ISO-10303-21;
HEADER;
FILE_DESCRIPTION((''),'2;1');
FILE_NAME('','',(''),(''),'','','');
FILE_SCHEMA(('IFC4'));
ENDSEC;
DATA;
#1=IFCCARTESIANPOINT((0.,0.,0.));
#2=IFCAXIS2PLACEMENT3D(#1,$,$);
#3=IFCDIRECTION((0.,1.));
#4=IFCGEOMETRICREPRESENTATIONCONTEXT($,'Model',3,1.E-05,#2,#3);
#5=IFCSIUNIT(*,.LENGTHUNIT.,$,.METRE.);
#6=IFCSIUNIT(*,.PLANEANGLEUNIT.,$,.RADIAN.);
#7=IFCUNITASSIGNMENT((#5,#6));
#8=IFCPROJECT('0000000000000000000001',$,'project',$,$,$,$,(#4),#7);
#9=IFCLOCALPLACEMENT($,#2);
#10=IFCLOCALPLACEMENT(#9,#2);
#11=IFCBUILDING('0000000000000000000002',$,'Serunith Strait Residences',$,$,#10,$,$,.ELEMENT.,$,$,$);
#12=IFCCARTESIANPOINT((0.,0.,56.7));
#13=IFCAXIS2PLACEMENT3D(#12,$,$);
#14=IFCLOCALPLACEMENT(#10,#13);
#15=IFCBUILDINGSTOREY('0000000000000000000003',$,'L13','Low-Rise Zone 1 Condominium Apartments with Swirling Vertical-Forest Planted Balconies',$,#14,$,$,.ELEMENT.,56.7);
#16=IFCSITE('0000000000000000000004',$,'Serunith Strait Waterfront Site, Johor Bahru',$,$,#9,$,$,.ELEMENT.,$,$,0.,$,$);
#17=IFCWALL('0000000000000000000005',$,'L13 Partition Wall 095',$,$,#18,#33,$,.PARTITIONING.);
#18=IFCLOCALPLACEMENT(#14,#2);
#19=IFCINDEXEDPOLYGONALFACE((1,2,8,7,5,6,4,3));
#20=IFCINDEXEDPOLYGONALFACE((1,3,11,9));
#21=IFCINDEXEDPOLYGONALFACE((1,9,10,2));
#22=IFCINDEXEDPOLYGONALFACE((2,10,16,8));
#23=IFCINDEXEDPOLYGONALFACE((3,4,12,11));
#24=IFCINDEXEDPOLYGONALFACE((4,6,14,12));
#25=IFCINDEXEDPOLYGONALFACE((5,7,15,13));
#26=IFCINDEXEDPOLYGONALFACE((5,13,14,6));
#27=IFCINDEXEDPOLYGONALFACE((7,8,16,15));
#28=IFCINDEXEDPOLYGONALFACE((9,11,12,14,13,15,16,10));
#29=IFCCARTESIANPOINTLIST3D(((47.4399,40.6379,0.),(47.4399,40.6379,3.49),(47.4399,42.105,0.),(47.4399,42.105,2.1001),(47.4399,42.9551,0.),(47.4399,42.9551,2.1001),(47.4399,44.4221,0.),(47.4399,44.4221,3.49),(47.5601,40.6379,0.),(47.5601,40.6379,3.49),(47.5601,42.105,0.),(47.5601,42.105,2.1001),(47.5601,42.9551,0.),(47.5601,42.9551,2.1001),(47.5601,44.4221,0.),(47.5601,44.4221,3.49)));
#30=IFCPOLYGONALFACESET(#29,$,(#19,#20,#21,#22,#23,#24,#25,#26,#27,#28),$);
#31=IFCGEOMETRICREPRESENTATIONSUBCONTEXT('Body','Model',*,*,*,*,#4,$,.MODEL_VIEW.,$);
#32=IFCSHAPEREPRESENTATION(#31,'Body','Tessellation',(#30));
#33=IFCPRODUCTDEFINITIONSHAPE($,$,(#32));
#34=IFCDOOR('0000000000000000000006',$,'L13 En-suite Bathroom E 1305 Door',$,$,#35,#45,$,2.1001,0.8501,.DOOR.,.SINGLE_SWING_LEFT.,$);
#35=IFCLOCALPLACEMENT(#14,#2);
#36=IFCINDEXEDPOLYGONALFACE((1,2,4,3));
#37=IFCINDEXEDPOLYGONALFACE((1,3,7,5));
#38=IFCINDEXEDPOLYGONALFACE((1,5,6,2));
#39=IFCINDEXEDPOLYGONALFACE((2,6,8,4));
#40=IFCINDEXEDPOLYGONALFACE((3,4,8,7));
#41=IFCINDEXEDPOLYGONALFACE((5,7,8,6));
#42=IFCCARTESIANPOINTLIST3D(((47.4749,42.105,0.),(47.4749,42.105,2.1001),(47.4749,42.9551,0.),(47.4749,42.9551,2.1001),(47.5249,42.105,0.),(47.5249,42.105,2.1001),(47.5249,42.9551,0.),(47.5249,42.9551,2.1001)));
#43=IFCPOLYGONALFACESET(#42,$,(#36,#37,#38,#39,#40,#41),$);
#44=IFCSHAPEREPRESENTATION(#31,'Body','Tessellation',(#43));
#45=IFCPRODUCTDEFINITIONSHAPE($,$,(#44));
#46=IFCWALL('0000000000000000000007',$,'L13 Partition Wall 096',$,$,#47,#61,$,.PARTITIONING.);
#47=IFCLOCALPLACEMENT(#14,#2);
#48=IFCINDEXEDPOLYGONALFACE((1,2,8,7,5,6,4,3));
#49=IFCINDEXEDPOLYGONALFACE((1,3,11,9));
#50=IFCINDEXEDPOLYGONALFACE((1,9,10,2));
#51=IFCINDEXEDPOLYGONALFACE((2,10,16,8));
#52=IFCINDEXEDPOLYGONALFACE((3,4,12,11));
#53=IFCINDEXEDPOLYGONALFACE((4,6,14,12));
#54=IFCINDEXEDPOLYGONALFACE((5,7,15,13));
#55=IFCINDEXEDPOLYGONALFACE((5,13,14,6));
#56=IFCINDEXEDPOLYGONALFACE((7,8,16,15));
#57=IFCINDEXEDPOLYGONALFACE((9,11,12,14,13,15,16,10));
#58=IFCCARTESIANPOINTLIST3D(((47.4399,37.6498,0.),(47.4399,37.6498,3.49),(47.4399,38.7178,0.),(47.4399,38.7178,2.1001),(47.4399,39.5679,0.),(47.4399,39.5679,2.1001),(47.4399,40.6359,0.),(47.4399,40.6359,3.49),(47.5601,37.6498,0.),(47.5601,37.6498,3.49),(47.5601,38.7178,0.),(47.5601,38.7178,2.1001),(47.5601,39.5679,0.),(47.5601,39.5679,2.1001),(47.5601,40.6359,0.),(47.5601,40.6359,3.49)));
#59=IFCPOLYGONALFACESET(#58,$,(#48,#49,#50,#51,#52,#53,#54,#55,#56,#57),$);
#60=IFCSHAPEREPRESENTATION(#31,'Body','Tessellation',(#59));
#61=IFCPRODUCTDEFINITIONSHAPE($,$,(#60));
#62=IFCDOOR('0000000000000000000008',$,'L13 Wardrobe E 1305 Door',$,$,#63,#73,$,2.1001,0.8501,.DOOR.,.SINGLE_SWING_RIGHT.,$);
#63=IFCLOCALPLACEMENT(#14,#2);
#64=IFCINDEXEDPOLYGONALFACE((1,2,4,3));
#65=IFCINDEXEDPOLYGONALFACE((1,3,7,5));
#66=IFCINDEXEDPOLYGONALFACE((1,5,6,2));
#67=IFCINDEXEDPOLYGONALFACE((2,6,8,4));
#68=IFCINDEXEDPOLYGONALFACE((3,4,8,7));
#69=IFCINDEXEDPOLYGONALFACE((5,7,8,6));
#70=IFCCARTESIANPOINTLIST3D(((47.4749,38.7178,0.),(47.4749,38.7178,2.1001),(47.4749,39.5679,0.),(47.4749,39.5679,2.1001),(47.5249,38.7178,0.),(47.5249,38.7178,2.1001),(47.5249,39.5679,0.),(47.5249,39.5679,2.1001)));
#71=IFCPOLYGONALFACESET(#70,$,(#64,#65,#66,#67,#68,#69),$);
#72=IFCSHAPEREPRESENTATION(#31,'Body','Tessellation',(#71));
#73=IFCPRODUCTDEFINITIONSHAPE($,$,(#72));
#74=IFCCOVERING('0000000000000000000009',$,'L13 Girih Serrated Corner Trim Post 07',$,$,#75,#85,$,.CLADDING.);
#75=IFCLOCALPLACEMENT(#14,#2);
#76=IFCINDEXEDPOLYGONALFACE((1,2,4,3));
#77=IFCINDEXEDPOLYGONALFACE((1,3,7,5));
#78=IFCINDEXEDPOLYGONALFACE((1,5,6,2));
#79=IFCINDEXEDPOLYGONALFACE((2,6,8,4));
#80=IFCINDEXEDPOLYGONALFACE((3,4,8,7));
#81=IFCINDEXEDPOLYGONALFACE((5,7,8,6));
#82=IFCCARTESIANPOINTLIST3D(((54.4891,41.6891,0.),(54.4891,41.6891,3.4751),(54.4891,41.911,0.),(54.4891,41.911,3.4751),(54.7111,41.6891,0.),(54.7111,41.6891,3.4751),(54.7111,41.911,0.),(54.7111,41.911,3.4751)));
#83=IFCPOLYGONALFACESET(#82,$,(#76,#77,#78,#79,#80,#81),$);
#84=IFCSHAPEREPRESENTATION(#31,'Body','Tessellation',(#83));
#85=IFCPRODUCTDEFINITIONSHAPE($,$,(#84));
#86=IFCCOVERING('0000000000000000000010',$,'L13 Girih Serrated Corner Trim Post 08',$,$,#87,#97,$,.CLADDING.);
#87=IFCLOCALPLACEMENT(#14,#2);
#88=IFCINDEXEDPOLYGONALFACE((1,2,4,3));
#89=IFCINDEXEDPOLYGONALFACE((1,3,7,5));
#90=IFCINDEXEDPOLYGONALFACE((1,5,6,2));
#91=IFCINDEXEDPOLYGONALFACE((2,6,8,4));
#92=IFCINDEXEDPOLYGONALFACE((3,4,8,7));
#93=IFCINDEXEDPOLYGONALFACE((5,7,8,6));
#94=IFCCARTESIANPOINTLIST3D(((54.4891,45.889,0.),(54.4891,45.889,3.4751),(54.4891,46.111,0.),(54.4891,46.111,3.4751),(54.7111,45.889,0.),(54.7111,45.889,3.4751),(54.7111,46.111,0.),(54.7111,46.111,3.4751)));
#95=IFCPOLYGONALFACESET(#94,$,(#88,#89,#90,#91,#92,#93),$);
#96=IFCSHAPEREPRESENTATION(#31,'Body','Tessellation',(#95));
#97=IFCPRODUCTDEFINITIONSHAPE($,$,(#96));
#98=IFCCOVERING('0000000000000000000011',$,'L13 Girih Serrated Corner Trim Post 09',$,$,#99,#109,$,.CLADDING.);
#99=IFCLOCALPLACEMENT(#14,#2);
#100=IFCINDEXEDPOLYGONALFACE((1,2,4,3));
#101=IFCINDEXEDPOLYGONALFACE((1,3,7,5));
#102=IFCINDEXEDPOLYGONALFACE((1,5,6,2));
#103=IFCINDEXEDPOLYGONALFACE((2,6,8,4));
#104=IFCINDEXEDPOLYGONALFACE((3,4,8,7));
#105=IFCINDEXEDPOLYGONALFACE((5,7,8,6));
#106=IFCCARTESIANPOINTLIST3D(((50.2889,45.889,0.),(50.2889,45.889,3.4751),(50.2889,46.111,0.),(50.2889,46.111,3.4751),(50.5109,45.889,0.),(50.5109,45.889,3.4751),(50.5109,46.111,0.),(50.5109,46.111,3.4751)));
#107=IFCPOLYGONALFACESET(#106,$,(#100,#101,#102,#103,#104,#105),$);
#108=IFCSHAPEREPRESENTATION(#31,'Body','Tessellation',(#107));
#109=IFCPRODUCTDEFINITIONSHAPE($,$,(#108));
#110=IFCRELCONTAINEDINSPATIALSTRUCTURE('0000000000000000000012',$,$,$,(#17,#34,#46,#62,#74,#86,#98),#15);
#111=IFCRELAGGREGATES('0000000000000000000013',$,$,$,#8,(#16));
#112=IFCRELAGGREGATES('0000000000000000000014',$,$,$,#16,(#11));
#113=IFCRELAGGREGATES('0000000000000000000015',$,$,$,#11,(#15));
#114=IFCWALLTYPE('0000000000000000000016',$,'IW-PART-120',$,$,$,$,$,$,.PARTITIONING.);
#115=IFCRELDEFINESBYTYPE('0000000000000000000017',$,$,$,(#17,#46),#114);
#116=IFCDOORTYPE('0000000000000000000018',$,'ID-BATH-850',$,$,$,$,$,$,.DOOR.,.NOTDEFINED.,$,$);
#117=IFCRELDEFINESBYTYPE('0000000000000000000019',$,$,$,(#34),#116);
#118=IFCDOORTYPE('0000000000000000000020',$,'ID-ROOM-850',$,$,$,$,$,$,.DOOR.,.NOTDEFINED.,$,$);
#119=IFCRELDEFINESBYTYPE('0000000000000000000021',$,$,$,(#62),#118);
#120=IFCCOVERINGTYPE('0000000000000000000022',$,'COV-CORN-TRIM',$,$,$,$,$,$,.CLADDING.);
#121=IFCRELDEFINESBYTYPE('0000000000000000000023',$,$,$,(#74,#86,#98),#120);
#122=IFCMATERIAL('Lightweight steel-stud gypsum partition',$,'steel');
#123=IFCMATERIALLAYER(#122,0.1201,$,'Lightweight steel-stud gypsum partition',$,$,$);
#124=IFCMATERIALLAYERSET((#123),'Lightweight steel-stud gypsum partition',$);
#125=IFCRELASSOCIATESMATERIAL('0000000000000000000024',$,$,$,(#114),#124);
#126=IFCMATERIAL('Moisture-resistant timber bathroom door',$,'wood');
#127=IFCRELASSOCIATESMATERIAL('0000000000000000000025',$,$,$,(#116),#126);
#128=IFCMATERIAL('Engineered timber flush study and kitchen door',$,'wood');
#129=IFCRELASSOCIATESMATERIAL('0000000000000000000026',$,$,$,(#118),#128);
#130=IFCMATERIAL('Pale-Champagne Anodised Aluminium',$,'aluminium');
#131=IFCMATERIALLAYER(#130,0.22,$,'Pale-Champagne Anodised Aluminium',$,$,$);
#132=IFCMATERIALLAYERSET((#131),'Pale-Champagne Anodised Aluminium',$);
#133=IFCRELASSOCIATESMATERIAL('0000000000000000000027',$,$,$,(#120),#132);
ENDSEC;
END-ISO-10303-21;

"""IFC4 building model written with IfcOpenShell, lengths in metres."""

from ifc_helpers import new_model, si_unit, direction, frame, frame_2d, origin, origin_2d, place, context, subcontext, project, spatial, rectangle, extrude, source, transform, mapped, material, layer, layer_set, type_object, element, fill, save


model = new_model("IFC4")

# Units and contexts
model_context = context("Model", 3, precision=1e-05, world=origin(), true_north=direction((0.0, 1.0)))
body_context = subcontext(model_context, "Body", "Model", "MODEL_VIEW")
ifc_project = project(units=[si_unit("LENGTHUNIT", "METRE"), si_unit("PLANEANGLEUNIT", "RADIAN")], contexts=[model_context])

# Site, building, storey
site_placement = place(None, origin())
site = spatial("IfcSite", under=ifc_project, at=site_placement, Name="Serunith Strait Waterfront Site, Johor Bahru", CompositionType="ELEMENT", RefElevation=0.0)
building_placement = place(site_placement, origin())
building = spatial("IfcBuilding", under=site, at=building_placement, Name="Serunith Strait Residences", CompositionType="ELEMENT")
storey_placement = place(building_placement, frame((0.0, 0.0, 56.7)))
storey = spatial("IfcBuildingStorey", under=building, at=storey_placement, Name="L13", Description="Low-Rise Zone 1 Condominium Apartments with Swirling Vertical-Forest Planted Balconies", CompositionType="ELEMENT", Elevation=56.7)

# Shared definitions
ifc_material_1 = material(Name="Pale-Champagne Anodised Aluminium", Category="aluminium")

# Shared definitions
ifc_material_2 = material(Name="Lightweight steel-stud gypsum partition", Category="steel")
ifc_layer_1 = layer(ifc_material_2, 0.1201, Name="Lightweight steel-stud gypsum partition")
ifc_layer_set_1 = layer_set([ifc_layer_1], Name="Lightweight steel-stud gypsum partition")
wall_type_1 = type_object("IfcWallType", Name="IW-PART-120", PredefinedType="PARTITIONING", material=ifc_layer_set_1)

# Walls, openings, doors
wall_1_placement = place(storey_placement, frame((47.5, 44.4221, 0.0), z_axis=(0.0, 0.0, 1.0), x_axis=(0.0, -1.0, 0.0)))
wall_1 = element("IfcWall", 1, at=wall_1_placement, inside=storey, type_object=wall_type_1, Name="L13 Partition Wall 095", PredefinedType="PARTITIONING", context=body_context, shape_type="SweptSolid", body=[
    extrude(rectangle(XDim=3.7842, YDim=0.1201, at=frame_2d((1.8921, 0.0))), origin(), (0.0, 0.0, 1.0), 3.49),
])
opening_1_placement = place(wall_1_placement, frame((1.467, 0.0, 0.0)))
opening_1 = element("IfcOpeningElement", 2, at=opening_1_placement, cuts=wall_1, PredefinedType="OPENING", context=body_context, shape_type="SweptSolid", body=[
    extrude(rectangle(XDim=0.8501, YDim=2.1001, at=frame_2d((0.425, 1.05))), frame((0.0, 0.0701, 0.0), z_axis=(0.0, -1.0, 0.0), x_axis=(1.0, 0.0, 0.0)), (0.0, 0.0, 1.0), 0.1401),
])
ifc_material_3 = material(Name="Moisture-resistant timber bathroom door", Category="wood")
door_type_1 = type_object("IfcDoorType", Name="ID-BATH-850", OperationType="NOTDEFINED", PredefinedType="DOOR", material=ifc_material_3)
shared_shape_1 = source(origin(), body_context, "Body", "SweptSolid", [
    extrude(rectangle(XDim=0.8501, YDim=2.1001, at=frame_2d((0.425, 1.05))), frame((0.0, 0.0249, 0.0), z_axis=(0.0, -1.0, 0.0), x_axis=(1.0, 0.0, 0.0)), (0.0, 0.0, 1.0), 0.05),
])
door_1_placement = place(opening_1_placement, origin())
door_1 = element("IfcDoor", 3, at=door_1_placement, inside=storey, type_object=door_type_1, Name="L13 En-suite Bathroom E 1305 Door", OperationType="SINGLE_SWING_LEFT", OverallHeight=2.1001, OverallWidth=0.8501, PredefinedType="DOOR", context=body_context, shape_type="MappedRepresentation", body=[
    mapped(shared_shape_1, transform((0.0, 0.0, 0.0), scale=1.0)),
])
fill(opening_1, door_1)
wall_2_placement = place(storey_placement, frame((47.5, 40.636, 0.0), z_axis=(0.0, 0.0, 1.0), x_axis=(0.0, -1.0, 0.0)))
wall_2 = element("IfcWall", 4, at=wall_2_placement, inside=storey, type_object=wall_type_1, Name="L13 Partition Wall 096", PredefinedType="PARTITIONING", context=body_context, shape_type="SweptSolid", body=[
    extrude(rectangle(XDim=2.9861, YDim=0.1201, at=frame_2d((1.4932, 0.0))), origin(), (0.0, 0.0, 1.0), 3.49),
])
opening_2_placement = place(wall_2_placement, frame((1.0681, 0.0, 0.0)))
opening_2 = element("IfcOpeningElement", 5, at=opening_2_placement, cuts=wall_2, PredefinedType="OPENING", context=body_context, shape_type="SweptSolid", body=[
    extrude(rectangle(XDim=0.8501, YDim=2.1001, at=frame_2d((0.425, 1.05))), frame((0.0, 0.0701, 0.0), z_axis=(0.0, -1.0, 0.0), x_axis=(1.0, 0.0, 0.0)), (0.0, 0.0, 1.0), 0.1401),
])
ifc_material_4 = material(Name="Engineered timber flush study and kitchen door", Category="wood")
door_type_2 = type_object("IfcDoorType", Name="ID-ROOM-850", OperationType="NOTDEFINED", PredefinedType="DOOR", material=ifc_material_4)
door_2_placement = place(opening_2_placement, origin())
door_2 = element("IfcDoor", 6, at=door_2_placement, inside=storey, type_object=door_type_2, Name="L13 Wardrobe E 1305 Door", OperationType="SINGLE_SWING_RIGHT", OverallHeight=2.1001, OverallWidth=0.8501, PredefinedType="DOOR", context=body_context, shape_type="MappedRepresentation", body=[
    mapped(shared_shape_1, transform((0.0, 0.0, 0.0), scale=1.0)),
])
fill(opening_2, door_2)

# Coverings
ifc_layer_2 = layer(ifc_material_1, 0.22, Name="Pale-Champagne Anodised Aluminium")
ifc_layer_set_2 = layer_set([ifc_layer_2], Name="Pale-Champagne Anodised Aluminium")
covering_type = type_object("IfcCoveringType", Name="COV-CORN-TRIM", PredefinedType="CLADDING", material=ifc_layer_set_2)
shared_shape_2 = source(origin(), body_context, "Body", "SweptSolid", [
    extrude(rectangle(XDim=0.2219, YDim=0.2219, at=origin_2d()), origin(), (0.0, 0.0, 1.0), 3.4751),
])
for number, where, z_axis, x_axis, name in (
    (7, (54.6001, 41.8, 0.0), (0.0, 0.0, 1.0), (1.0, 0.0, 0.0), "L13 Girih Serrated Corner Trim Post 07"),
    (8, (54.6001, 46.0, 0.0), (0.0, 0.0, 1.0), (1.0, 0.0, 0.0), "L13 Girih Serrated Corner Trim Post 08"),
    (9, (50.3999, 46.0, 0.0), (0.0, 0.0, 1.0), (1.0, 0.0, 0.0), "L13 Girih Serrated Corner Trim Post 09"),
):
    element("IfcCovering", number, at=place(storey_placement, frame(where, z_axis=z_axis, x_axis=x_axis)), inside=storey, type_object=covering_type, Name=name, PredefinedType="CLADDING", context=body_context, shape_type="MappedRepresentation", body=[
        mapped(shared_shape_2, transform((0.0, 0.0, 0.0), scale=1.0)),
    ])

save(model, "model.ifc")
